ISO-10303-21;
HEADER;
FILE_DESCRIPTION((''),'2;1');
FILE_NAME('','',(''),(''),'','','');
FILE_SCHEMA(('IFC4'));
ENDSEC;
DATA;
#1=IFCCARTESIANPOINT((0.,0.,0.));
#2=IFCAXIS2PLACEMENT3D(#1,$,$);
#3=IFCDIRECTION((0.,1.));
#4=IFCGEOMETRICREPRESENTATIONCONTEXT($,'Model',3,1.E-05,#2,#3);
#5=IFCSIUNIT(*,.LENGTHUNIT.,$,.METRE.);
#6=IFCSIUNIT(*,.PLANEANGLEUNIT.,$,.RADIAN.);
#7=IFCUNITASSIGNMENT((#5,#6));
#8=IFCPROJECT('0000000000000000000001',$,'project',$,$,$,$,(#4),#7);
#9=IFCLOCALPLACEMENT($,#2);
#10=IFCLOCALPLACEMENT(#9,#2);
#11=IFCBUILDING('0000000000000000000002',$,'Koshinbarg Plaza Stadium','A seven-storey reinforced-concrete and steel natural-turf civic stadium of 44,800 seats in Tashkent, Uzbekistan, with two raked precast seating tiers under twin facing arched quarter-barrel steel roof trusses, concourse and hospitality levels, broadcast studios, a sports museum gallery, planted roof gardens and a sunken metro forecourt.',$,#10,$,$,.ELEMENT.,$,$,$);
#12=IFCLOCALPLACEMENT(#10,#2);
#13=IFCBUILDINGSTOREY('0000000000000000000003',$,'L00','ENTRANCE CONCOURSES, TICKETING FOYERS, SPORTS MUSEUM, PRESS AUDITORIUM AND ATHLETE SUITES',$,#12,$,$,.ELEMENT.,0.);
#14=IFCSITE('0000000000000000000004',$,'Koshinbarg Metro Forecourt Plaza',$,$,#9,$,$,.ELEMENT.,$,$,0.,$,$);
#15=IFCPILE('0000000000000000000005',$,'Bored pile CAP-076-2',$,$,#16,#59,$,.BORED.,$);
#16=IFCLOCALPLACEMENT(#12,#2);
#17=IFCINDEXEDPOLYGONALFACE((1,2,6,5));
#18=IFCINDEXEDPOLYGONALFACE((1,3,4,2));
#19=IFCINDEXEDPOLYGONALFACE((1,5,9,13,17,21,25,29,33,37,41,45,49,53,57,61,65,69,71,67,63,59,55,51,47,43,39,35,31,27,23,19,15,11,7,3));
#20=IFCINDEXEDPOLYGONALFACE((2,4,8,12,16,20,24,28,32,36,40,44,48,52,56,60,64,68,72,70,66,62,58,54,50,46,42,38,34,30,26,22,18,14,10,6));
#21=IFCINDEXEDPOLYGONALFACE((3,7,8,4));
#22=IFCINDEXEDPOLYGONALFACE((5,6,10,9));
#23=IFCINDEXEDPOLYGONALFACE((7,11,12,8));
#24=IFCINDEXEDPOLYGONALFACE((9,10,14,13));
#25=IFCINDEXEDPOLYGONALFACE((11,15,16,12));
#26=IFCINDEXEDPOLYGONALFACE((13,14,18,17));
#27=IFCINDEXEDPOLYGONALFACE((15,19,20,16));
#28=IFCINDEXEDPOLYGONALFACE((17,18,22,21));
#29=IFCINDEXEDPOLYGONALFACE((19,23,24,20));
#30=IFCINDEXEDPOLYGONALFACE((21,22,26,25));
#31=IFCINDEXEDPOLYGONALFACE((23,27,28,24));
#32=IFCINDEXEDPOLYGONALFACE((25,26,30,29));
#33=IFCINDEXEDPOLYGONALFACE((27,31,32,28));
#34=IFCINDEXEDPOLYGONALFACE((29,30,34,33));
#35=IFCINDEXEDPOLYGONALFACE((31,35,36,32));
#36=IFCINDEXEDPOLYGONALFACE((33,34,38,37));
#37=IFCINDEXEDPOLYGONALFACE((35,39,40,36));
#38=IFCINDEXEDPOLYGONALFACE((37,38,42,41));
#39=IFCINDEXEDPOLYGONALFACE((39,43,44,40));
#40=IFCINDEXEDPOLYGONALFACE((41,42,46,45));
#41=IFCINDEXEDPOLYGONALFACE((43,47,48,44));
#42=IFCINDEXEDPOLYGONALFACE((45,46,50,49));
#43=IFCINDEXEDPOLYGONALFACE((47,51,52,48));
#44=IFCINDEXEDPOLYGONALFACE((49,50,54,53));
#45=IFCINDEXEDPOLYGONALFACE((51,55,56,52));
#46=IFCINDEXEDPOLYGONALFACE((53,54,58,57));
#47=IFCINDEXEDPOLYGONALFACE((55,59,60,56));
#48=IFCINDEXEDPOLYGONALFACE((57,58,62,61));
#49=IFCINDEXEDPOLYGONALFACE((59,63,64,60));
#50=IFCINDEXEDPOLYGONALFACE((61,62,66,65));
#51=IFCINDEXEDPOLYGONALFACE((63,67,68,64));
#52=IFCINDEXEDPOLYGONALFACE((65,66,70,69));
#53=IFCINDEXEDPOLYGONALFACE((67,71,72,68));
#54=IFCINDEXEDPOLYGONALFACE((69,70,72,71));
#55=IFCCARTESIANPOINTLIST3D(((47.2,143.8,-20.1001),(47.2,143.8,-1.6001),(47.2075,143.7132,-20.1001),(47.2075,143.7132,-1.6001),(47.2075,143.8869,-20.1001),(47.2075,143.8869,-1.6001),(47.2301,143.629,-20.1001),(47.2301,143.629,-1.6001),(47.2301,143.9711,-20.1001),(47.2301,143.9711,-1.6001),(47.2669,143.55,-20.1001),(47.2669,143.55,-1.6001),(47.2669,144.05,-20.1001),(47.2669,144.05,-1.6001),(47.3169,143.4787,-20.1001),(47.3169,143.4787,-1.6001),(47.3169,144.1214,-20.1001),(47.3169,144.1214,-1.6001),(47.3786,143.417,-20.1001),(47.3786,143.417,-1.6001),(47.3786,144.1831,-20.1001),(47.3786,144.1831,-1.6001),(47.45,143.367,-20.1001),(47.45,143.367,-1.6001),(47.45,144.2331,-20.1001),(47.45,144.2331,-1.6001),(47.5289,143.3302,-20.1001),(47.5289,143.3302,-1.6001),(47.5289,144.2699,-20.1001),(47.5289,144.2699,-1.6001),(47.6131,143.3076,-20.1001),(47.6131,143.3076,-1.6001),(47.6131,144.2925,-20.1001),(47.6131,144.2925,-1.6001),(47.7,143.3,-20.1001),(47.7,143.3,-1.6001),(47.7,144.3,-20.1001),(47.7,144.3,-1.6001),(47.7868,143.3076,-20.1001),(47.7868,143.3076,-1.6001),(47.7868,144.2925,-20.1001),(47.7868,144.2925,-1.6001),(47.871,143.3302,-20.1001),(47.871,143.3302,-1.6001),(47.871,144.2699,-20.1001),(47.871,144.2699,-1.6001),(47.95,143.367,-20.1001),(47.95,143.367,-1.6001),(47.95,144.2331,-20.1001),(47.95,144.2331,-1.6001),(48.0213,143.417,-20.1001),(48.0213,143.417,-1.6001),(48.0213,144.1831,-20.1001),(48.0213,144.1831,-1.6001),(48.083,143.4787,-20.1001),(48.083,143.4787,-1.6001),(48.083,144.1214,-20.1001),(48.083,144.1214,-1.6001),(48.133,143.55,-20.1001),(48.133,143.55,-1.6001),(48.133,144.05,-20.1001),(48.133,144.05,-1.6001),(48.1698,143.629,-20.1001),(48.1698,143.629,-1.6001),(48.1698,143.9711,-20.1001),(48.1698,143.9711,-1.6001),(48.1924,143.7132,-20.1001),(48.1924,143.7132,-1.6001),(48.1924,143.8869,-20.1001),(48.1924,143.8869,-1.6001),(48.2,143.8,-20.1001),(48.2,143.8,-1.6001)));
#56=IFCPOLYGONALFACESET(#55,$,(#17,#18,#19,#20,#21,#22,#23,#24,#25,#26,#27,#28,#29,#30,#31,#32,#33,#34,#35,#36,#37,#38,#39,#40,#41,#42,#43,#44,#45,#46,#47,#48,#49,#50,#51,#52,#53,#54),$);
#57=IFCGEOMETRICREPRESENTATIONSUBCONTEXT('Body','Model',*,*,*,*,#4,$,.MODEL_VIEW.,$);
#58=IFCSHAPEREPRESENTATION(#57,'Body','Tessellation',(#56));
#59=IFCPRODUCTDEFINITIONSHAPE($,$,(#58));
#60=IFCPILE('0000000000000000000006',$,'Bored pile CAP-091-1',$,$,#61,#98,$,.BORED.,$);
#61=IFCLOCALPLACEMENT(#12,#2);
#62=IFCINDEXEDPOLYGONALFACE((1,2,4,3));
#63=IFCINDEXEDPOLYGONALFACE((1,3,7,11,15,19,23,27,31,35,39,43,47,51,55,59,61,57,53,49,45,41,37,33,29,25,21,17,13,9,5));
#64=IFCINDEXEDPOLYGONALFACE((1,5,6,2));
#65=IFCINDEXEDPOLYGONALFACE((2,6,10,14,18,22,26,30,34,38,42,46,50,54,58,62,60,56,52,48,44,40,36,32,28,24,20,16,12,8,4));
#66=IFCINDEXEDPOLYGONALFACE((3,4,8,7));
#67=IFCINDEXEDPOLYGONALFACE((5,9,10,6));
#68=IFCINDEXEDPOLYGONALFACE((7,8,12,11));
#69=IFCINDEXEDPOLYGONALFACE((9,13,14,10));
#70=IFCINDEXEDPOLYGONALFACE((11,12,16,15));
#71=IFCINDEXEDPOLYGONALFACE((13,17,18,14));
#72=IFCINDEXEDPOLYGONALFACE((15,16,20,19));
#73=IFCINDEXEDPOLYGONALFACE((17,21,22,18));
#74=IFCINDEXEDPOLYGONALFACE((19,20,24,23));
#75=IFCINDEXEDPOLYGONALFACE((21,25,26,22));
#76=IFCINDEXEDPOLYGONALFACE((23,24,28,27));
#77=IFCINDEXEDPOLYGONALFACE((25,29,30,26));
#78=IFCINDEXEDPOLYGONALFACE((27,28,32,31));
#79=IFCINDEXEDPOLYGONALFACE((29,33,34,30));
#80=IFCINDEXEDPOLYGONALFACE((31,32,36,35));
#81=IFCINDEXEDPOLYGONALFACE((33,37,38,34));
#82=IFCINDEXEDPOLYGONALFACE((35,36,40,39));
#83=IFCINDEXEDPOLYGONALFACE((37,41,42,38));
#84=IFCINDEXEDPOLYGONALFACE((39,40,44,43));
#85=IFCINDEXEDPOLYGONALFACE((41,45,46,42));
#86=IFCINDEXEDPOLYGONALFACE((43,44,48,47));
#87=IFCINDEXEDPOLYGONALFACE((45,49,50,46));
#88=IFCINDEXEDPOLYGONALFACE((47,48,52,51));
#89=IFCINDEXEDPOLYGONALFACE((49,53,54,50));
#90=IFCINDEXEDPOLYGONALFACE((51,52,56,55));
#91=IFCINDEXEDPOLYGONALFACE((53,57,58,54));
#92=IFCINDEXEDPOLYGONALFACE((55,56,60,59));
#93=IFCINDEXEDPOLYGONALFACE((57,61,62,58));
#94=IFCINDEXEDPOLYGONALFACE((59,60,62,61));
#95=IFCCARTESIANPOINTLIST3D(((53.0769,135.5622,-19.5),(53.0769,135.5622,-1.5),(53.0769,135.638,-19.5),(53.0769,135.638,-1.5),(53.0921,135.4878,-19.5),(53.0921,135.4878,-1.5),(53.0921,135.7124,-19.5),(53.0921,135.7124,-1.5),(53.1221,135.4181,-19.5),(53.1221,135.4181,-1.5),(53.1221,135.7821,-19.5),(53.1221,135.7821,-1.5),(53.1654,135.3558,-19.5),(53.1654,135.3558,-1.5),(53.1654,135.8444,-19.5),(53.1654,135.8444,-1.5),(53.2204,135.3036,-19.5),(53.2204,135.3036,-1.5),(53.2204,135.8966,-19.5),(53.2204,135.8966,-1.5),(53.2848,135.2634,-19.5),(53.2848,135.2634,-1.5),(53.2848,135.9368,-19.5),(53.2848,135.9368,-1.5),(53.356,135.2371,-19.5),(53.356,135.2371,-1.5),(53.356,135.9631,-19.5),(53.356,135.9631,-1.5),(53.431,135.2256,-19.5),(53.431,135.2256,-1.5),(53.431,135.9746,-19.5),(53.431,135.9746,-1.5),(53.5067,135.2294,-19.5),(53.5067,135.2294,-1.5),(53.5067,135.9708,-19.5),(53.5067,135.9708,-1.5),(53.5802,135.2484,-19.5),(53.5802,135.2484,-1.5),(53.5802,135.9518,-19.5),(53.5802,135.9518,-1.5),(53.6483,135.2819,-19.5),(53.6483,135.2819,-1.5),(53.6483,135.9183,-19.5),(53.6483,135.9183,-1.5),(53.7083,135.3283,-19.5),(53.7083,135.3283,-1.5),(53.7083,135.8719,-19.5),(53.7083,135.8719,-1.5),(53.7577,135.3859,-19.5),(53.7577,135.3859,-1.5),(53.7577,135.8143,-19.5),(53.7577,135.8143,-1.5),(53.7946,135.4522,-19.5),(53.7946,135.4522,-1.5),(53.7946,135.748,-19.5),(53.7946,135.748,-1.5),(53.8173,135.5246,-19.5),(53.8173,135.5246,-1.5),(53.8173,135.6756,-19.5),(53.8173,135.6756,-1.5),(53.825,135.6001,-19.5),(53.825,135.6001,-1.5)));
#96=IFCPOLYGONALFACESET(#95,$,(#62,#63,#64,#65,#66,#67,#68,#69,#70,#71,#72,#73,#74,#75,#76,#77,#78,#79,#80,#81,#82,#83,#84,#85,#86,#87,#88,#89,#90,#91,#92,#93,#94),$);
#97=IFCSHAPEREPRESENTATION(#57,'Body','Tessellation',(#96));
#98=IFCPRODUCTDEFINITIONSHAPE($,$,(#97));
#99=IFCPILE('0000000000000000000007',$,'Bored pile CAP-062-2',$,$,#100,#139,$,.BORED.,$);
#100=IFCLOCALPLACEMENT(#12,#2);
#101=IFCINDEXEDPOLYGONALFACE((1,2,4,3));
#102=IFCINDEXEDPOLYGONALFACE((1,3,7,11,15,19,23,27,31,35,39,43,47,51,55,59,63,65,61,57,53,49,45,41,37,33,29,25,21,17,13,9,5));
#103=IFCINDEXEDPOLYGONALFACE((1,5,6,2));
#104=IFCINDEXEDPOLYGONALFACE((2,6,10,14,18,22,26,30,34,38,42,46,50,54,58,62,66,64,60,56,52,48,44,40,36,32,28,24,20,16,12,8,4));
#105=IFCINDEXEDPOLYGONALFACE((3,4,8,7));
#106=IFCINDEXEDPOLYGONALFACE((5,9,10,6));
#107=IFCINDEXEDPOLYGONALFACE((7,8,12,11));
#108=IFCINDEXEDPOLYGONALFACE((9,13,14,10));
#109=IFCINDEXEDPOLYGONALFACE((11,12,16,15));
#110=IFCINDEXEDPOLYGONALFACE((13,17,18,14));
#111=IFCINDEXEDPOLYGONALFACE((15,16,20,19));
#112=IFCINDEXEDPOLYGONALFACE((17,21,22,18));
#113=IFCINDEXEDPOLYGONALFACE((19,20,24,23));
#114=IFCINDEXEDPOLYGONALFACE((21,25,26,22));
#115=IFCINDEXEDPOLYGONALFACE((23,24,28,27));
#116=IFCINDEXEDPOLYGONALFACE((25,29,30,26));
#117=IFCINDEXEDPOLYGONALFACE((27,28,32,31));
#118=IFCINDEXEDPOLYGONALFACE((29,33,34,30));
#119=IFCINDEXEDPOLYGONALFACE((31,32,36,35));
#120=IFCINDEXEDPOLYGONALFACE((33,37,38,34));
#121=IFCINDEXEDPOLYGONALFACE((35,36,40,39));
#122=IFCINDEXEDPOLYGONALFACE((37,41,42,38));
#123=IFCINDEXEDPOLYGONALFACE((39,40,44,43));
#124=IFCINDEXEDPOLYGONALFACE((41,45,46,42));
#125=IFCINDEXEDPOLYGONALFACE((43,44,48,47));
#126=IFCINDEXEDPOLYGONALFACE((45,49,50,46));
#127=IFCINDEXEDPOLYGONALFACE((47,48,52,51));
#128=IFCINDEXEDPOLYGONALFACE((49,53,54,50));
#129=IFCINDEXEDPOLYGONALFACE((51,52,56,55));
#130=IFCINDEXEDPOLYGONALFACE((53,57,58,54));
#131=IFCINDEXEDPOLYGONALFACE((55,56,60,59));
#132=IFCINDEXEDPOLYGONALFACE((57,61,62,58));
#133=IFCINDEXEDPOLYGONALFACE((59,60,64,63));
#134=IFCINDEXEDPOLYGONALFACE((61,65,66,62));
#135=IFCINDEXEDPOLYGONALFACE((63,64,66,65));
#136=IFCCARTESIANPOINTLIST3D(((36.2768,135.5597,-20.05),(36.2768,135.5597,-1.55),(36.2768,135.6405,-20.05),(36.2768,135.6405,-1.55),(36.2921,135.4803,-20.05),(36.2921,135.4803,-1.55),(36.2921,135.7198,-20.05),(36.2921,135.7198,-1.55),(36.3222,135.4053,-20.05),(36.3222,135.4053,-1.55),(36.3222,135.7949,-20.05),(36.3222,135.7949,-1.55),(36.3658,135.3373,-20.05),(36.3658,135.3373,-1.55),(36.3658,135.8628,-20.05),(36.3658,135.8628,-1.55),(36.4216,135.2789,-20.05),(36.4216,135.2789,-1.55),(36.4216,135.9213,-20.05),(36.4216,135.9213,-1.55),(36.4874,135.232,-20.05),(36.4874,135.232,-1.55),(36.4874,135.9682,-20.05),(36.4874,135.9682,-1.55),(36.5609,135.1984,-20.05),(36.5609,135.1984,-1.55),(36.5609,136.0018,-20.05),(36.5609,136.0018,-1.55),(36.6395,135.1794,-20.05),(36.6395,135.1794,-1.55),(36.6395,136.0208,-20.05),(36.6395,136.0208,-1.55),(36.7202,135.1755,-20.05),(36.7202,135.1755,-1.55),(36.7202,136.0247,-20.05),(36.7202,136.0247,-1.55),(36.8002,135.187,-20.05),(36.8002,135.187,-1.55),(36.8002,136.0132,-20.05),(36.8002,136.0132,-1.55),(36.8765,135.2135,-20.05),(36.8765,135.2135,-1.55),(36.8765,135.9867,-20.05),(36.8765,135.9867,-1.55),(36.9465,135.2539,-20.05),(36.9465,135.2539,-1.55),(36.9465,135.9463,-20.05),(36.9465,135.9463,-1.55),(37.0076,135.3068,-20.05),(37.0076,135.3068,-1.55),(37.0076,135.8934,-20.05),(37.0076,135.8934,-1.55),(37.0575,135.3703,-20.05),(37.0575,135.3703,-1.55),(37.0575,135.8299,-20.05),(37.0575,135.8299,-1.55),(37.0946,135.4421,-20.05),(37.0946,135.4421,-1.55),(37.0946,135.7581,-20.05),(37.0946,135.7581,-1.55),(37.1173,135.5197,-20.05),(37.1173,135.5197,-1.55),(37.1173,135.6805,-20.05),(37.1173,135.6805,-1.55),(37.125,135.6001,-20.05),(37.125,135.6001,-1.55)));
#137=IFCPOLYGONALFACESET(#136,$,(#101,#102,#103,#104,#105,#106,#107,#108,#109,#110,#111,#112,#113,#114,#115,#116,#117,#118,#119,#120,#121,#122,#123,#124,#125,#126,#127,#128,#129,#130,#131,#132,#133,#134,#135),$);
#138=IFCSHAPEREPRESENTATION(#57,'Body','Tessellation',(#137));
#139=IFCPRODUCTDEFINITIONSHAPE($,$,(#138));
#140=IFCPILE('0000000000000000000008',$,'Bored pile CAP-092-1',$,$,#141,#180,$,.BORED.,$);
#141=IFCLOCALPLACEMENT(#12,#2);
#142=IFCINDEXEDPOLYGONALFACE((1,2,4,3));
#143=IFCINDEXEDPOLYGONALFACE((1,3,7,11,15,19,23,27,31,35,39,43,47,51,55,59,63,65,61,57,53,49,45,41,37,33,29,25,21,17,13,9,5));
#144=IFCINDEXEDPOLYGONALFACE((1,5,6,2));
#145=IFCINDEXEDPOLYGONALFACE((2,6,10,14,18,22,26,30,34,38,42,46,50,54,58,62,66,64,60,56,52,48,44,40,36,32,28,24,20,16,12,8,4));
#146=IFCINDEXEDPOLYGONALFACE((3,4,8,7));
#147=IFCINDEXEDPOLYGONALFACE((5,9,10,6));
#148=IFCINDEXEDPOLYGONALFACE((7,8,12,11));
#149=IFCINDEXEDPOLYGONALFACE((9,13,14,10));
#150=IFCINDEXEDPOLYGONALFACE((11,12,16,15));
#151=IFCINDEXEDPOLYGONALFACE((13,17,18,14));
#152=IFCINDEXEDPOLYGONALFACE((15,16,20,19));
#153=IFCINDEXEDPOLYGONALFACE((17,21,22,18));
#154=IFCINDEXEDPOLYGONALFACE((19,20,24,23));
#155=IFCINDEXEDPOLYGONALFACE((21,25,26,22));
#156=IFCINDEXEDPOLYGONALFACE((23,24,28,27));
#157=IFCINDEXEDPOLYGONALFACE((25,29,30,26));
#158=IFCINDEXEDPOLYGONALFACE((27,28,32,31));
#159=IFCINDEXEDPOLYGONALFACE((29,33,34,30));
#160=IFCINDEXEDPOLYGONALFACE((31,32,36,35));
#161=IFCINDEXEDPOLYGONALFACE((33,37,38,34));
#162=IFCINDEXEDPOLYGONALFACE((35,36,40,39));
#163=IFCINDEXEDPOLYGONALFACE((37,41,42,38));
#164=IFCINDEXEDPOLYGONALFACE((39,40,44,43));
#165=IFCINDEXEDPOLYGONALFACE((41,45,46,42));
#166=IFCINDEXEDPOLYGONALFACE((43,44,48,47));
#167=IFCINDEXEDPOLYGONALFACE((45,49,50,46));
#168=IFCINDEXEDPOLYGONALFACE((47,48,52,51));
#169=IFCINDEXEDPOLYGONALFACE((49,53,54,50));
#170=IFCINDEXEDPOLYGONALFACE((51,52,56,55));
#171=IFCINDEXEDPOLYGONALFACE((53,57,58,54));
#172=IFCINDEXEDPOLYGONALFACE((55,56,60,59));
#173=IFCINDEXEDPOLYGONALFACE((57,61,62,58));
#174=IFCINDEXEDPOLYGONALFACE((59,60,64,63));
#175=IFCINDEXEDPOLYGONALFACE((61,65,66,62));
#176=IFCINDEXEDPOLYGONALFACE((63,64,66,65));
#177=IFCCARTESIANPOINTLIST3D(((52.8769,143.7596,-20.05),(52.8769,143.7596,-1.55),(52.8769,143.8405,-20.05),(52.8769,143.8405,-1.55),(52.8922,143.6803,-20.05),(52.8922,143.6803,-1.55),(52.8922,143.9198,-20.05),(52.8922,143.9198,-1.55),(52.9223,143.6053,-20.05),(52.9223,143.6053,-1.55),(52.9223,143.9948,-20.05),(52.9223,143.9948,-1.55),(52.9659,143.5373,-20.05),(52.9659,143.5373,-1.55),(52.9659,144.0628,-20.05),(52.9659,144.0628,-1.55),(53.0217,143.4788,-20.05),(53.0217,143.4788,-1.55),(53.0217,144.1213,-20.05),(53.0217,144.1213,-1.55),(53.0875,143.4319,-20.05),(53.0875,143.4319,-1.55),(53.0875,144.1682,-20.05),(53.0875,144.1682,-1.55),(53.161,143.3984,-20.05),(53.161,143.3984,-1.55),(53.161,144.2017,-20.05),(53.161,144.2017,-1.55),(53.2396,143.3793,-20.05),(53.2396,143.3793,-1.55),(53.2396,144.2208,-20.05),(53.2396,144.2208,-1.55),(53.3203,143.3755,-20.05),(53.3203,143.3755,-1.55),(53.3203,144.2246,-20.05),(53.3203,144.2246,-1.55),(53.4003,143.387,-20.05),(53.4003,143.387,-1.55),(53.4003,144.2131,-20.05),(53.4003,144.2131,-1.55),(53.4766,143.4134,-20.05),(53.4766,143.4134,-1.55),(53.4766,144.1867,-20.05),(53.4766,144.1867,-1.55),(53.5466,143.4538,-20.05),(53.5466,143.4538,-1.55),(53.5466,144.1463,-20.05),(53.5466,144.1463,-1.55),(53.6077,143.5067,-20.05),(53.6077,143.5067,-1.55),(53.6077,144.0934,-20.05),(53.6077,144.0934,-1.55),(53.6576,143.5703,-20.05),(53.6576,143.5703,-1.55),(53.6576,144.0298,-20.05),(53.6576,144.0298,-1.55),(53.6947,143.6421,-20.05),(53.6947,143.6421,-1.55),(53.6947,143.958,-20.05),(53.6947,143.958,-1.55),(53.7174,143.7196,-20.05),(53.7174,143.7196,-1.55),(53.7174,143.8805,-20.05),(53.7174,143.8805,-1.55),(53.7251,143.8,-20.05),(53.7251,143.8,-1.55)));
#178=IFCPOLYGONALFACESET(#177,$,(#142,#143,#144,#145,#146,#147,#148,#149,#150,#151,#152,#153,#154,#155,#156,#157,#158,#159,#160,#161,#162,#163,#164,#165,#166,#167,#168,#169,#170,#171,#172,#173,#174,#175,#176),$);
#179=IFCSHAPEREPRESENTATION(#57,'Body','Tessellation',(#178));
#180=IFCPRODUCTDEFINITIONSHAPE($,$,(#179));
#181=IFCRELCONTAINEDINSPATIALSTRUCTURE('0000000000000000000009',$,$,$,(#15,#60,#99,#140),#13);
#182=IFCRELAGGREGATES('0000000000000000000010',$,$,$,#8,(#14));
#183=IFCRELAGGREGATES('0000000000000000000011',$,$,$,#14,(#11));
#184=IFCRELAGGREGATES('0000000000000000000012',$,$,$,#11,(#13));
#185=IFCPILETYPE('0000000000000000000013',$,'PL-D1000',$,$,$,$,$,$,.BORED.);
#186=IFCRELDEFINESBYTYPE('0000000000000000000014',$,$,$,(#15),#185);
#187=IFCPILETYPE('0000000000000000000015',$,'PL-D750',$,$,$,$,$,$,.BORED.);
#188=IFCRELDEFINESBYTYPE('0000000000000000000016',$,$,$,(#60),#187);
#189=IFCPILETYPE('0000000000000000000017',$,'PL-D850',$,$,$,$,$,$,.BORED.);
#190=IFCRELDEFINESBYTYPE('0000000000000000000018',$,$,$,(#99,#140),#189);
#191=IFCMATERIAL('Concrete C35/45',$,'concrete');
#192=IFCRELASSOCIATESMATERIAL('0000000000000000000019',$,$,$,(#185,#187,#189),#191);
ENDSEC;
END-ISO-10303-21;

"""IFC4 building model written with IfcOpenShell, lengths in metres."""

from ifc_helpers import new_model, si_unit, direction, frame, origin, origin_2d, place, context, subcontext, project, spatial, circle, extrude, material, material_profile, profile_set, type_object, element, save


model = new_model("IFC4")

# Units and contexts
model_context = context("Model", 3, precision=1e-05, world=origin(), true_north=direction((0.0, 1.0)))
body_context = subcontext(model_context, "Body", "Model", "MODEL_VIEW")
ifc_project = project(units=[si_unit("LENGTHUNIT", "METRE"), si_unit("PLANEANGLEUNIT", "RADIAN")], contexts=[model_context])

# Site, building, storey
site_placement = place(None, origin())
site = spatial("IfcSite", under=ifc_project, at=site_placement, Name="Koshinbarg Metro Forecourt Plaza", CompositionType="ELEMENT", RefElevation=0.0)
building_placement = place(site_placement, origin())
building = spatial("IfcBuilding", under=site, at=building_placement, Name="Koshinbarg Plaza Stadium", Description="A seven-storey reinforced-concrete and steel natural-turf civic stadium of 44,800 seats in Tashkent, Uzbekistan, with two raked precast seating tiers under twin facing arched quarter-barrel steel roof trusses, concourse and hospitality levels, broadcast studios, a sports museum gallery, planted roof gardens and a sunken metro forecourt.", CompositionType="ELEMENT")
storey_placement = place(building_placement, origin())
storey = spatial("IfcBuildingStorey", under=building, at=storey_placement, Name="L00", Description="ENTRANCE CONCOURSES, TICKETING FOYERS, SPORTS MUSEUM, PRESS AUDITORIUM AND ATHLETE SUITES", CompositionType="ELEMENT", Elevation=0.0)

# Shared definitions
ifc_material_1 = material(Name="Concrete C35/45", Category="concrete")

# Piles
ifc_material_profile_1 = material_profile(ifc_material_1, circle(Radius=0.5, at=origin_2d()), Name="PILE D1000")
ifc_profile_set_1 = profile_set([ifc_material_profile_1], Name="Concrete C35/45")
pile_type_1 = type_object("IfcPileType", Name="PL-D1000", PredefinedType="BORED", material=ifc_profile_set_1)
for number, where, z_axis, x_axis, name in (
    (1, (47.7, 143.8, -1.6001), (0.0, 0.0, -1.0), (1.0, 0.0, 0.0), "Bored pile CAP-076-2"),
):
    element("IfcPile", number, at=place(storey_placement, frame(where, z_axis=z_axis, x_axis=x_axis)), inside=storey, type_object=pile_type_1, Name=name, PredefinedType="BORED", context=body_context, shape_type="SweptSolid", body=[
        extrude(circle(Radius=0.5, at=origin_2d()), origin(), (0.0, 0.0, 1.0), 18.5),
    ])
ifc_material_profile_2 = material_profile(ifc_material_1, circle(Radius=0.375, at=origin_2d()), Name="PILE D750")
ifc_profile_set_2 = profile_set([ifc_material_profile_2], Name="Concrete C35/45")
pile_type_2 = type_object("IfcPileType", Name="PL-D750", PredefinedType="BORED", material=ifc_profile_set_2)
pile_placement = place(storey_placement, frame((53.45, 135.6001, -1.5), z_axis=(0.0, 0.0, -1.0), x_axis=(1.0, 0.0, 0.0)))
element("IfcPile", 2, at=pile_placement, inside=storey, type_object=pile_type_2, Name="Bored pile CAP-091-1", PredefinedType="BORED", context=body_context, shape_type="SweptSolid", body=[
    extrude(circle(Radius=0.375, at=origin_2d()), origin(), (0.0, 0.0, 1.0), 18.0),
])
ifc_material_profile_3 = material_profile(ifc_material_1, circle(Radius=0.425, at=origin_2d()), Name="PILE D850")
ifc_profile_set_3 = profile_set([ifc_material_profile_3], Name="Concrete C35/45")
pile_type_3 = type_object("IfcPileType", Name="PL-D850", PredefinedType="BORED", material=ifc_profile_set_3)
for number, where, z_axis, x_axis, name in (
    (3, (36.7, 135.6001, -1.55), (0.0, 0.0, -1.0), (1.0, 0.0, 0.0), "Bored pile CAP-062-2"),
    (4, (53.3, 143.8, -1.55), (0.0, 0.0, -1.0), (1.0, 0.0, 0.0), "Bored pile CAP-092-1"),
):
    element("IfcPile", number, at=place(storey_placement, frame(where, z_axis=z_axis, x_axis=x_axis)), inside=storey, type_object=pile_type_3, Name=name, PredefinedType="BORED", context=body_context, shape_type="SweptSolid", body=[
        extrude(circle(Radius=0.425, at=origin_2d()), origin(), (0.0, 0.0, 1.0), 18.5),
    ])

save(model, "model.ifc")
